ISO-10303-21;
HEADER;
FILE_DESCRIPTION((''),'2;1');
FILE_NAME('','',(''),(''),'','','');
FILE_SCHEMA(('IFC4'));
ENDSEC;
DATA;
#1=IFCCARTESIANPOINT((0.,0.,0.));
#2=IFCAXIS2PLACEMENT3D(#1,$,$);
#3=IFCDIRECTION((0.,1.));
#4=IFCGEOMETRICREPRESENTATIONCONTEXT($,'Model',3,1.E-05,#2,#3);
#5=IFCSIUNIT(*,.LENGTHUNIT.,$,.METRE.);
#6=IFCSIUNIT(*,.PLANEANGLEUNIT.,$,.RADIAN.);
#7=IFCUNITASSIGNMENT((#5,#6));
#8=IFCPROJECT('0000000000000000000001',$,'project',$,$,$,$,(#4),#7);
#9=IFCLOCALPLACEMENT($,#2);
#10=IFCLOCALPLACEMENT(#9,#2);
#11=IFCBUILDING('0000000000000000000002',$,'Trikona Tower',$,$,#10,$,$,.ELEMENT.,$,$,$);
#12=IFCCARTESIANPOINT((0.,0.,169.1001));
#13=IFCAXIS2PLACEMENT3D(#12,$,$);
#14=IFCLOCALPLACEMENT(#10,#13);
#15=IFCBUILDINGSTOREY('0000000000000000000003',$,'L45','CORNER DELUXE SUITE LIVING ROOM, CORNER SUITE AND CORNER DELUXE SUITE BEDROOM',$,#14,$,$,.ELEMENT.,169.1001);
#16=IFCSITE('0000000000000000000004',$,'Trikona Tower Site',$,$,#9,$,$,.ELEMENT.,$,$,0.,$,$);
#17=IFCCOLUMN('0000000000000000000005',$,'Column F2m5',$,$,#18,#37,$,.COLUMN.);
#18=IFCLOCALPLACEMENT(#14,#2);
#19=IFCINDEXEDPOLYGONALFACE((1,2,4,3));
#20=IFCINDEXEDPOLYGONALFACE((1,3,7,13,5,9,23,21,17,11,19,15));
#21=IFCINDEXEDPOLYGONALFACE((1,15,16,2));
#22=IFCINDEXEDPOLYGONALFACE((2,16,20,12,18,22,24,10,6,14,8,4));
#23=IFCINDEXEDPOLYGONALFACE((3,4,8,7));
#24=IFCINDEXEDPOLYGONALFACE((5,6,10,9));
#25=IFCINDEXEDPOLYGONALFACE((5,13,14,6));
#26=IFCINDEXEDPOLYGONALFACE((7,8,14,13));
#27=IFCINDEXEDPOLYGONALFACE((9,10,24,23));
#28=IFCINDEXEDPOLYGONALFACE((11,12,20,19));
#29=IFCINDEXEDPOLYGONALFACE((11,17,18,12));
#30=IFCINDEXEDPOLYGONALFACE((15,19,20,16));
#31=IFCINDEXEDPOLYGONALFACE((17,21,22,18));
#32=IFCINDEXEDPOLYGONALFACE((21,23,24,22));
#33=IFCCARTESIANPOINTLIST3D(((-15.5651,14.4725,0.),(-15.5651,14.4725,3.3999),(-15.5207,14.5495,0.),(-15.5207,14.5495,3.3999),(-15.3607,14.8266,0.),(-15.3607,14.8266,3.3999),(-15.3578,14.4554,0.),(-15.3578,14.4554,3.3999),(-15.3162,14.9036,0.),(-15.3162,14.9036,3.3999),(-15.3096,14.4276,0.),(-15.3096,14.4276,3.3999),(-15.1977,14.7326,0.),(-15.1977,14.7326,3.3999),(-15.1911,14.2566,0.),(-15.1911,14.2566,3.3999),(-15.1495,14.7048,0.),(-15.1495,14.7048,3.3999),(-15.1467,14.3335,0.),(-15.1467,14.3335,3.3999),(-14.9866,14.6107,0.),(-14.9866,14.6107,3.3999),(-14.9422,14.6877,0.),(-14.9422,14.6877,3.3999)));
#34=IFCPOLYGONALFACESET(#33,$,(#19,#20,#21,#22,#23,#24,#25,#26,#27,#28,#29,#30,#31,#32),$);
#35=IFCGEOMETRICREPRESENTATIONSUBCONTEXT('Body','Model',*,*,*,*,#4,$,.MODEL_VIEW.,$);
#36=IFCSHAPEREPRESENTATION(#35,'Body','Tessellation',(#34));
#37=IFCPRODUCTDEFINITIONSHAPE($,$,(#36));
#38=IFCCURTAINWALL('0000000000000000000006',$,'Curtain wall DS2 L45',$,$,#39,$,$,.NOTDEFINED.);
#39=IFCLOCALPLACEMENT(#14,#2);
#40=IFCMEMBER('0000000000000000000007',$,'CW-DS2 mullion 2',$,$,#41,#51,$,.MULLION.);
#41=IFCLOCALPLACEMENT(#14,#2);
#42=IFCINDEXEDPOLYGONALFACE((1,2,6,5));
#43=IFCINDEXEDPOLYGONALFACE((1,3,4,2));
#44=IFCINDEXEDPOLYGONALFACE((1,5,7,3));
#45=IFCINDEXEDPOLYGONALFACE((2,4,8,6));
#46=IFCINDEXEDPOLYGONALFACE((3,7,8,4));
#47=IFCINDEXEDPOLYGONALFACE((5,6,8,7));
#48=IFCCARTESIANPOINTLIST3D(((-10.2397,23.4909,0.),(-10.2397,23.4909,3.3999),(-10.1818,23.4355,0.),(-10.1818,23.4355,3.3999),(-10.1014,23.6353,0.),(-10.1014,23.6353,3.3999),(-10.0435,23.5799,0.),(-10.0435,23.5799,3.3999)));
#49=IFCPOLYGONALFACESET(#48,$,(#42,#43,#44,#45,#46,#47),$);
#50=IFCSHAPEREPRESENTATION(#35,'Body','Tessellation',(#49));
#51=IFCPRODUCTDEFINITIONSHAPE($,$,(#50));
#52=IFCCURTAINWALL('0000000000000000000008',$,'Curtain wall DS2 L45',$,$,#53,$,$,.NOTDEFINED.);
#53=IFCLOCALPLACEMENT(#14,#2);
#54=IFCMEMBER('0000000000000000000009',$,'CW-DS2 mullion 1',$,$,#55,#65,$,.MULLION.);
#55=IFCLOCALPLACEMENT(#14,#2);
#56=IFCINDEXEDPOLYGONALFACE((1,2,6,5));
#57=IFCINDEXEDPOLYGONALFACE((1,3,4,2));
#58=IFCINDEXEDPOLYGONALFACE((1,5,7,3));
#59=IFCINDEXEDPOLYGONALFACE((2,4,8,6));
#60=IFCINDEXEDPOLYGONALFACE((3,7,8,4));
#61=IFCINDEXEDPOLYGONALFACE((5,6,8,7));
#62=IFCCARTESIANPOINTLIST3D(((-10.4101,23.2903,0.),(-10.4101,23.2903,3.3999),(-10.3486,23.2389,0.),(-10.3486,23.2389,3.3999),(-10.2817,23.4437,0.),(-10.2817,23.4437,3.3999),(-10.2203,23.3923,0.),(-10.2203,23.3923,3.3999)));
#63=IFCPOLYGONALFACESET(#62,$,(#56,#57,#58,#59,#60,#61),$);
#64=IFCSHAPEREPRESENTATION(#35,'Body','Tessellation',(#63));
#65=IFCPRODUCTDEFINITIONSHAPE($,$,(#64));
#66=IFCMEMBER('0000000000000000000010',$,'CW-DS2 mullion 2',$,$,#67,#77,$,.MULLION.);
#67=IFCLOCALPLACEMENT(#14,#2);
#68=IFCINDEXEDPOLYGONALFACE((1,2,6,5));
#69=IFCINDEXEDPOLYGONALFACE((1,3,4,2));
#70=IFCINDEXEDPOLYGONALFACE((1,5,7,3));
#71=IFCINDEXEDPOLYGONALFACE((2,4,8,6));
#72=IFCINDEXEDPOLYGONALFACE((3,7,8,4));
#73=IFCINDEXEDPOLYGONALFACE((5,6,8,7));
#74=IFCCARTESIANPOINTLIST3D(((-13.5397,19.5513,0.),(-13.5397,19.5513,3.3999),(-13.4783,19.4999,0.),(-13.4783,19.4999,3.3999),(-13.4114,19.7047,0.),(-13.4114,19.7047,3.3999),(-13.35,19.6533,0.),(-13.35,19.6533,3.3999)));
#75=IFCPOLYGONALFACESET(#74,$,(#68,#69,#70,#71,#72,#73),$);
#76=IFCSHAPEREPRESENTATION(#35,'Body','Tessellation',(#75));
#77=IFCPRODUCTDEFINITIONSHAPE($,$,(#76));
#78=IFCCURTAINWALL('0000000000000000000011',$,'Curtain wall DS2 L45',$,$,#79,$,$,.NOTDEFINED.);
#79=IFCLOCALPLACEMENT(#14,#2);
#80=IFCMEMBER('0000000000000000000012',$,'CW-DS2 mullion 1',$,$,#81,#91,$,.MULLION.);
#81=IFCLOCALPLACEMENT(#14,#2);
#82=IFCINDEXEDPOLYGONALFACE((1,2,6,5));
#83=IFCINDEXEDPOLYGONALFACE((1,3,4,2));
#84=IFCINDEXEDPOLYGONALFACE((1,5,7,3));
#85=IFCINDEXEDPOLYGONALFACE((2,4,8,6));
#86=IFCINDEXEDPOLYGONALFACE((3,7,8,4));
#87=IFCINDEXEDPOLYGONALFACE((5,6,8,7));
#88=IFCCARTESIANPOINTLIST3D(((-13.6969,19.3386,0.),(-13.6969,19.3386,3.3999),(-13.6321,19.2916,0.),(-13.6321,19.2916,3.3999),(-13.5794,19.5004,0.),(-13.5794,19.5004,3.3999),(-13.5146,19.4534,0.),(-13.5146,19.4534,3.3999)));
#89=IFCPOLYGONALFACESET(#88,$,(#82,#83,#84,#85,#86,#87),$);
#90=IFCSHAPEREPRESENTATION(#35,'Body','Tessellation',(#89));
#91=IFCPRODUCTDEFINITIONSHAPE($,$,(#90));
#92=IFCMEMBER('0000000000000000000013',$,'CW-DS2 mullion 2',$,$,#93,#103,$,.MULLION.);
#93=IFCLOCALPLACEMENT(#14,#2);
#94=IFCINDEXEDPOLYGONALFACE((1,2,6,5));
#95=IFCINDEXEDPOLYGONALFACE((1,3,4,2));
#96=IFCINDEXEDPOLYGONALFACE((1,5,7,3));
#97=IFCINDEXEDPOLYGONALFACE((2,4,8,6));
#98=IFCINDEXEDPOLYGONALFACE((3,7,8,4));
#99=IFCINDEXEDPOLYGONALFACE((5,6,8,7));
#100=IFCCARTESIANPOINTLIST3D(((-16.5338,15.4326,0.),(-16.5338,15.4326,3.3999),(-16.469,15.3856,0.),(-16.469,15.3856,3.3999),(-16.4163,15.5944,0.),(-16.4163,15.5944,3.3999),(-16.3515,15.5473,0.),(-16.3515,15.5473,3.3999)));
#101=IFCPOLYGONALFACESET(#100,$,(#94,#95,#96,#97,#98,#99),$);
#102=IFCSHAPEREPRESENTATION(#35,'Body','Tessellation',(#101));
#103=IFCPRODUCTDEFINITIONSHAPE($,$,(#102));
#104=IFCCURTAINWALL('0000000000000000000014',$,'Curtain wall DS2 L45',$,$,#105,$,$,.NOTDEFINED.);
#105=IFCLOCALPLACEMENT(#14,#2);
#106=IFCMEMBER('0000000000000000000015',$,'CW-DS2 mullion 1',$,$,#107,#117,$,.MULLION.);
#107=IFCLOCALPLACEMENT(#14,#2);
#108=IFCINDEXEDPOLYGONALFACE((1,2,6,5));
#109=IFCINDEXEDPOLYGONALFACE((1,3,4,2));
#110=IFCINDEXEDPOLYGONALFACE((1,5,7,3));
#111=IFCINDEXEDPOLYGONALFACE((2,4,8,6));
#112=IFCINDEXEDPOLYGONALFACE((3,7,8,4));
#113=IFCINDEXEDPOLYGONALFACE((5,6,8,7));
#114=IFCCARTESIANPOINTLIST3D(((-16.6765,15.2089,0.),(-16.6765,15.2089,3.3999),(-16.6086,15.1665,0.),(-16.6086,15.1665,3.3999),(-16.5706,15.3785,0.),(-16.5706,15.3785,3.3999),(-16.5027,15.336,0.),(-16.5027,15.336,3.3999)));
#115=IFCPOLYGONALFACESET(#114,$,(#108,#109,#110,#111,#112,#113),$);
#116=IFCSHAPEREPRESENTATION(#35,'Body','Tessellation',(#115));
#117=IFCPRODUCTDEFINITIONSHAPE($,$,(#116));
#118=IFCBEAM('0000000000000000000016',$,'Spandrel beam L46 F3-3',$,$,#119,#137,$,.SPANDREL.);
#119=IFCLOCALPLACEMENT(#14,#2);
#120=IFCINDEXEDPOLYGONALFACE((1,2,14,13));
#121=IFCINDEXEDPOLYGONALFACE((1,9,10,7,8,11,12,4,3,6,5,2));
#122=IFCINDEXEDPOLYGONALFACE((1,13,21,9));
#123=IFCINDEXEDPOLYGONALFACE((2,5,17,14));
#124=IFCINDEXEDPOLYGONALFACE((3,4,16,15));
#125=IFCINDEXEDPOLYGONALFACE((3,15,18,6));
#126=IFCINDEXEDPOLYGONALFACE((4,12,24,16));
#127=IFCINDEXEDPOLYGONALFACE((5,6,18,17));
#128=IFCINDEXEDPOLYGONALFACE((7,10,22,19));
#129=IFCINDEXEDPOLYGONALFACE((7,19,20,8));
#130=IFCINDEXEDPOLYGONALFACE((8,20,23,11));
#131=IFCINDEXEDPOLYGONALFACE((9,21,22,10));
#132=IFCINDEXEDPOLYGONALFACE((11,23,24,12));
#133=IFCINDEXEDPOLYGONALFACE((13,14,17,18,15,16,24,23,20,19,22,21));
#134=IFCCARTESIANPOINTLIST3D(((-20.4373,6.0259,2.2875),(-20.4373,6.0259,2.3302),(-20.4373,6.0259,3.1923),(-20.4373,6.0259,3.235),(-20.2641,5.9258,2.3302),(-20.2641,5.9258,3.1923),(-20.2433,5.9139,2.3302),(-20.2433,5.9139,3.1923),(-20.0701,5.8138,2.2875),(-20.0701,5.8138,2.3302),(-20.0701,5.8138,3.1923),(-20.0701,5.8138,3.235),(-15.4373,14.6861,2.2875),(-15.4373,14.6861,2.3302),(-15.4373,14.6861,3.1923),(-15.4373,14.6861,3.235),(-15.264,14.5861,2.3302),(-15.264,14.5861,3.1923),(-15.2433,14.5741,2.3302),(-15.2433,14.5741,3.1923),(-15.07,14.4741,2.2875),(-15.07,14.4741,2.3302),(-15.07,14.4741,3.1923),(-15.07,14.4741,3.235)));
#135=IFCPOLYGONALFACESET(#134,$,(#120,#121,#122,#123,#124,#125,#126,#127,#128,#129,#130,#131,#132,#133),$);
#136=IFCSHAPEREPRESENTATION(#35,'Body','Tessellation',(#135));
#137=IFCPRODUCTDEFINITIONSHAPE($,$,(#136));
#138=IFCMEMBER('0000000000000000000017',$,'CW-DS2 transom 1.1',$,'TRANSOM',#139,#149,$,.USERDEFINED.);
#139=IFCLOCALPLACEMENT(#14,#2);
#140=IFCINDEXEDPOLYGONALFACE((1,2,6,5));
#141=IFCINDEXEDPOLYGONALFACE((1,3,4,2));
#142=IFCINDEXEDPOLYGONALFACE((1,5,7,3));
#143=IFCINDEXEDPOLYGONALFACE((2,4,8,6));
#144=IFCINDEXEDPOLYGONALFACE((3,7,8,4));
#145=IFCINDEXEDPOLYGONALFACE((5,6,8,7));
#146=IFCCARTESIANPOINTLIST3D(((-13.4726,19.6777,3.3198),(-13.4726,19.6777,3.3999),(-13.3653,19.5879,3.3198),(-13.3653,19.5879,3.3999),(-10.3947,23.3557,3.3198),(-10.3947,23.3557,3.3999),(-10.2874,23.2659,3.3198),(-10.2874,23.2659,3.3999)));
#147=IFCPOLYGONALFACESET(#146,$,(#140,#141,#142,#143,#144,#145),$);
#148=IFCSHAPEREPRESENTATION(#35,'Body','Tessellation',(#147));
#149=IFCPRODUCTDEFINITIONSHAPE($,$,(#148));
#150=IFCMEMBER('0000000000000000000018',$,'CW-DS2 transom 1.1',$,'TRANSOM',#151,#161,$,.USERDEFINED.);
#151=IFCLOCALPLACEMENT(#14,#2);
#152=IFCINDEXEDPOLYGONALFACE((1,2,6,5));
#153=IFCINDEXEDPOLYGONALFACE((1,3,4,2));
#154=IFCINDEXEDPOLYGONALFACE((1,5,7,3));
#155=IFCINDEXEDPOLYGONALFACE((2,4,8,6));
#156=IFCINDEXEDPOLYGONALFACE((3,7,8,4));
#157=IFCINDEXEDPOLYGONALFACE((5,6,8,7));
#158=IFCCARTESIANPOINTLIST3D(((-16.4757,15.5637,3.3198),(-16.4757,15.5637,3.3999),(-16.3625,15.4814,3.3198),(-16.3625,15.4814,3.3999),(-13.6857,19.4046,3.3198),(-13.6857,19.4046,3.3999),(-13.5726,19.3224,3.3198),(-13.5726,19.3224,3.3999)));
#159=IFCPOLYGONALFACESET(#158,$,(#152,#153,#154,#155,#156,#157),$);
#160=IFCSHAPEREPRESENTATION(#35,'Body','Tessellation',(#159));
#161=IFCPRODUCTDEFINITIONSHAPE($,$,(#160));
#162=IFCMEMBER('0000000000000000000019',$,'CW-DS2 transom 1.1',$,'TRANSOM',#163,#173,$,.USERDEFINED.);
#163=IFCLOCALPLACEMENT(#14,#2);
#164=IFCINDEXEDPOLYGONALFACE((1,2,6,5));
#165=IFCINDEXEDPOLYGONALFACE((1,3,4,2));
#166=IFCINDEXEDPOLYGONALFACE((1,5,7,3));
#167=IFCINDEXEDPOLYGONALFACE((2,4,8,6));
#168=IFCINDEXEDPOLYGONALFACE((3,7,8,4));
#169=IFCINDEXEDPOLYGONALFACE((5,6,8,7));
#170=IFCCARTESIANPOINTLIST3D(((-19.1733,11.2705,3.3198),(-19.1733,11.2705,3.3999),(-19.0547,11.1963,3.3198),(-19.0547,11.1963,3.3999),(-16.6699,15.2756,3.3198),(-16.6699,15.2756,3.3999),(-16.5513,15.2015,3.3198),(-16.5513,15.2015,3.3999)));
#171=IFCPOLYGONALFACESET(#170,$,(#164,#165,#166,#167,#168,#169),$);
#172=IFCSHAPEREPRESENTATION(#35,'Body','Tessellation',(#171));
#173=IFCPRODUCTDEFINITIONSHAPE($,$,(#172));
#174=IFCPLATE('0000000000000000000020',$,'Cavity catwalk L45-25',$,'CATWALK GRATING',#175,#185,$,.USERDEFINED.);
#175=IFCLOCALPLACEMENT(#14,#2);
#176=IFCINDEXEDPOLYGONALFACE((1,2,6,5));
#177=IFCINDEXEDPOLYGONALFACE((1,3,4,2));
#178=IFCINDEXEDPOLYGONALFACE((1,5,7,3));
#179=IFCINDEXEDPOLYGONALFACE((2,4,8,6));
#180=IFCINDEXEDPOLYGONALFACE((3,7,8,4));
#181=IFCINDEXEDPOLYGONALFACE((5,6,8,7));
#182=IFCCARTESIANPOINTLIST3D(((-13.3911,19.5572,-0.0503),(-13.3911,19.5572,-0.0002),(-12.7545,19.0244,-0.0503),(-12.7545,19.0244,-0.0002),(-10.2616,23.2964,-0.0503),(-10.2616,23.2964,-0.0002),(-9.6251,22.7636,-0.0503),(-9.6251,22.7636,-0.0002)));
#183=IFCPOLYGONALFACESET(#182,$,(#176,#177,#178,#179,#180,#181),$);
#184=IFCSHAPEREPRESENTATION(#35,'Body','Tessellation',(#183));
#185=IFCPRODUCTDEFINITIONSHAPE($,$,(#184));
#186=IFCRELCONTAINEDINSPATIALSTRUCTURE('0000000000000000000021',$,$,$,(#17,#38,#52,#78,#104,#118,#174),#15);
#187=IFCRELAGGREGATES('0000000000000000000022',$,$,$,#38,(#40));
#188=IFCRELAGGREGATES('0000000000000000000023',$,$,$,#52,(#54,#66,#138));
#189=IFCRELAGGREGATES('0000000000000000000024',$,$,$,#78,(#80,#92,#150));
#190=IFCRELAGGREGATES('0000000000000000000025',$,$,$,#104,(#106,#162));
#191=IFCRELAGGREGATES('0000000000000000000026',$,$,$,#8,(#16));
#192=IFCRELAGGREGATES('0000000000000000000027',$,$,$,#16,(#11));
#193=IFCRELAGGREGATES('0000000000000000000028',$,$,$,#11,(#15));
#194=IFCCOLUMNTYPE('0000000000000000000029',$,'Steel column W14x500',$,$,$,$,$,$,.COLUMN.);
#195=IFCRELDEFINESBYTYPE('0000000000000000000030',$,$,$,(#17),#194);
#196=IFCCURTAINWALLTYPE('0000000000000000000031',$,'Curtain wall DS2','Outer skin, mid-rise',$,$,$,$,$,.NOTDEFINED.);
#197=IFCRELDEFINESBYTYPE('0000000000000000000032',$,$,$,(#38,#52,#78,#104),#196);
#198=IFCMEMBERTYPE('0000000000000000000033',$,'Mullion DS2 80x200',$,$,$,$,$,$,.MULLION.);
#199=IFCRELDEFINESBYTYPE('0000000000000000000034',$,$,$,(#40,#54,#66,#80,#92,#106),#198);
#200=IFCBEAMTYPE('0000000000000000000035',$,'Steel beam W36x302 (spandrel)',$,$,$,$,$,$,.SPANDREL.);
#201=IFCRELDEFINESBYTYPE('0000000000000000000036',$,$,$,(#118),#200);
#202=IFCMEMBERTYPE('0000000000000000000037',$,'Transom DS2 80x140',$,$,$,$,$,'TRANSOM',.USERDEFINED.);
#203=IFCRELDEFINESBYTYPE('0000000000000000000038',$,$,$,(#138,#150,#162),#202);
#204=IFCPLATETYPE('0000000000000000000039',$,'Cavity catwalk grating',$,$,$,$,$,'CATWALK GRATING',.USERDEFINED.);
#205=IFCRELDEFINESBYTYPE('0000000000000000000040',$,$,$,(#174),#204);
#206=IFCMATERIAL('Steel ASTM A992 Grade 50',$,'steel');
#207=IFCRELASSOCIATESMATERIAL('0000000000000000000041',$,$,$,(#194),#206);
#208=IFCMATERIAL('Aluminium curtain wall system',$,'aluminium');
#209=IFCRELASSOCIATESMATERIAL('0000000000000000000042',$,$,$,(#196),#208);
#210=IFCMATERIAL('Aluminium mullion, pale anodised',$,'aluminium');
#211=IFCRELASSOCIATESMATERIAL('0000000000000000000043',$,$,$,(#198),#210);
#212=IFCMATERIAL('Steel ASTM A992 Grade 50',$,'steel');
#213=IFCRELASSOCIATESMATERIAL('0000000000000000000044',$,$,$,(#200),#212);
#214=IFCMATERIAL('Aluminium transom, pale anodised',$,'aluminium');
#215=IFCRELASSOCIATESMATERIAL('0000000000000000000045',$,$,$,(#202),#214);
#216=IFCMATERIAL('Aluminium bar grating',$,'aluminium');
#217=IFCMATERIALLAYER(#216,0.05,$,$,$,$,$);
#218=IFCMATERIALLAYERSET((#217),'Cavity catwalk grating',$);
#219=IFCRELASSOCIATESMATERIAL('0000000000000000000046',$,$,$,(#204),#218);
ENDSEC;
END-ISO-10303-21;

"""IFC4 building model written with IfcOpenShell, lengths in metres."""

from ifc_helpers import new_model, si_unit, direction, frame, origin, origin_2d, place, context, subcontext, project, spatial, rectangle, i_section, extrude, material, layer, layer_set, material_profile, profile_set, type_object, element, aggregate, save


model = new_model("IFC4")

# Units and contexts
model_context = context("Model", 3, precision=1e-05, world=origin(), true_north=direction((0.0, 1.0)))
body_context = subcontext(model_context, "Body", "Model", "MODEL_VIEW")
ifc_project = project(units=[si_unit("LENGTHUNIT", "METRE"), si_unit("PLANEANGLEUNIT", "RADIAN")], contexts=[model_context])

# Site, building, storey
site_placement = place(None, origin())
site = spatial("IfcSite", under=ifc_project, at=site_placement, Name="Trikona Tower Site", CompositionType="ELEMENT", RefElevation=0.0)
building_placement = place(site_placement, origin())
building = spatial("IfcBuilding", under=site, at=building_placement, Name="Trikona Tower", CompositionType="ELEMENT")
storey_placement = place(building_placement, frame((0.0, 0.0, 169.1001)))
storey = spatial("IfcBuildingStorey", under=building, at=storey_placement, Name="L45", Description="CORNER DELUXE SUITE LIVING ROOM, CORNER SUITE AND CORNER DELUXE SUITE BEDROOM", CompositionType="ELEMENT", Elevation=169.1001)

# Column
ifc_material_1 = material(Name="Steel ASTM A992 Grade 50", Category="steel")
ifc_material_profile_1 = material_profile(ifc_material_1, i_section(OverallWidth=0.4319, OverallDepth=0.4978, WebThickness=0.0557, FlangeThickness=0.0889, at=origin_2d()), Name="W14X500")
ifc_profile_set_1 = profile_set([ifc_material_profile_1], Name="Steel ASTM A992 Grade 50")
column_type = type_object("IfcColumnType", Name="Steel column W14x500", PredefinedType="COLUMN", material=ifc_profile_set_1)
column_placement = place(storey_placement, frame((-15.2537, 14.5801, 0.0), z_axis=(0.0, 0.0, 1.0), x_axis=(-0.866025, 0.5, 0.0)))
element("IfcColumn", 1, at=column_placement, inside=storey, type_object=column_type, Name="Column F2m5", PredefinedType="COLUMN", context=body_context, shape_type="SweptSolid", body=[
    extrude(i_section(OverallWidth=0.4319, OverallDepth=0.4978, WebThickness=0.0557, FlangeThickness=0.0889, at=origin_2d()), origin(), (0.0, 0.0, 1.0), 3.3999),
])

# Curtain wall, member
ifc_material_2 = material(Name="Aluminium curtain wall system", Category="aluminium")
curtain_wall_type = type_object("IfcCurtainWallType", Name="Curtain wall DS2", Description="Outer skin, mid-rise", PredefinedType="NOTDEFINED", material=ifc_material_2)
curtain_wall_1_placement = place(storey_placement, origin())
curtain_wall_1 = element("IfcCurtainWall", 2, at=curtain_wall_1_placement, inside=storey, type_object=curtain_wall_type, Name="Curtain wall DS2 L45", PredefinedType="NOTDEFINED")
ifc_material_3 = material(Name="Aluminium mullion, pale anodised", Category="aluminium")
ifc_material_profile_2 = material_profile(ifc_material_3, rectangle(XDim=0.0801, YDim=0.2, at=origin_2d()), Name="MUL-DS2")
ifc_profile_set_2 = profile_set([ifc_material_profile_2], Name="Aluminium mullion, pale anodised")
member_type_1 = type_object("IfcMemberType", Name="Mullion DS2 80x200", PredefinedType="MULLION", material=ifc_profile_set_2)
member_1_placement = place(storey_placement, frame((-10.1416, 23.5354, 0.0), z_axis=(0.0, 0.0, 1.0), x_axis=(0.722158, -0.691728, 0.0)))
member_1 = element("IfcMember", 3, at=member_1_placement, type_object=member_type_1, Name="CW-DS2 mullion 2", PredefinedType="MULLION", context=body_context, shape_type="SweptSolid", body=[
    extrude(rectangle(XDim=0.0801, YDim=0.2, at=origin_2d()), origin(), (0.0, 0.0, 1.0), 3.3999),
])
aggregate(curtain_wall_1, [member_1])

# Curtain walls, members
curtain_wall_2_placement = place(storey_placement, origin())
curtain_wall_2 = element("IfcCurtainWall", 4, at=curtain_wall_2_placement, inside=storey, type_object=curtain_wall_type, Name="Curtain wall DS2 L45", PredefinedType="NOTDEFINED")
member_2_placement = place(storey_placement, frame((-10.3152, 23.3413, 0.0), z_axis=(0.0, 0.0, 1.0), x_axis=(0.766867, -0.641806, 0.0)))
member_2 = element("IfcMember", 5, at=member_2_placement, type_object=member_type_1, Name="CW-DS2 mullion 1", PredefinedType="MULLION", context=body_context, shape_type="SweptSolid", body=[
    extrude(rectangle(XDim=0.0801, YDim=0.2, at=origin_2d()), origin(), (0.0, 0.0, 1.0), 3.3999),
])
member_3_placement = place(storey_placement, frame((-13.4448, 19.6023, 0.0), z_axis=(0.0, 0.0, 1.0), x_axis=(0.766867, -0.641806, 0.0)))
member_3 = element("IfcMember", 6, at=member_3_placement, type_object=member_type_1, Name="CW-DS2 mullion 2", PredefinedType="MULLION", context=body_context, shape_type="SweptSolid", body=[
    extrude(rectangle(XDim=0.0801, YDim=0.2, at=origin_2d()), origin(), (0.0, 0.0, 1.0), 3.3999),
])
curtain_wall_3_placement = place(storey_placement, origin())
curtain_wall_3 = element("IfcCurtainWall", 7, at=curtain_wall_3_placement, inside=storey, type_object=curtain_wall_type, Name="Curtain wall DS2 L45", PredefinedType="NOTDEFINED")
member_4_placement = place(storey_placement, frame((-13.6057, 19.396, 0.0), z_axis=(0.0, 0.0, 1.0), x_axis=(0.809086, -0.587691, 0.0)))
member_4 = element("IfcMember", 8, at=member_4_placement, type_object=member_type_1, Name="CW-DS2 mullion 1", PredefinedType="MULLION", context=body_context, shape_type="SweptSolid", body=[
    extrude(rectangle(XDim=0.0801, YDim=0.2, at=origin_2d()), origin(), (0.0, 0.0, 1.0), 3.3999),
])
member_5_placement = place(storey_placement, frame((-16.4426, 15.49, 0.0), z_axis=(0.0, 0.0, 1.0), x_axis=(0.809086, -0.587691, 0.0)))
member_5 = element("IfcMember", 9, at=member_5_placement, type_object=member_type_1, Name="CW-DS2 mullion 2", PredefinedType="MULLION", context=body_context, shape_type="SweptSolid", body=[
    extrude(rectangle(XDim=0.0801, YDim=0.2, at=origin_2d()), origin(), (0.0, 0.0, 1.0), 3.3999),
])

# Curtain wall, member
curtain_wall_4_placement = place(storey_placement, origin())
curtain_wall_4 = element("IfcCurtainWall", 10, at=curtain_wall_4_placement, inside=storey, type_object=curtain_wall_type, Name="Curtain wall DS2 L45", PredefinedType="NOTDEFINED")
member_6_placement = place(storey_placement, frame((-16.5896, 15.2725, 0.0), z_axis=(0.0, 0.0, 1.0), x_axis=(0.847998, -0.529999, 0.0)))
member_6 = element("IfcMember", 11, at=member_6_placement, type_object=member_type_1, Name="CW-DS2 mullion 1", PredefinedType="MULLION", context=body_context, shape_type="SweptSolid", body=[
    extrude(rectangle(XDim=0.0801, YDim=0.2, at=origin_2d()), origin(), (0.0, 0.0, 1.0), 3.3999),
])

# Beam
ifc_material_4 = material(Name="Steel ASTM A992 Grade 50", Category="steel")
ifc_material_profile_3 = material_profile(ifc_material_4, i_section(OverallWidth=0.4241, OverallDepth=0.9475, WebThickness=0.0239, FlangeThickness=0.0427, at=origin_2d()), Name="W36X302")
ifc_profile_set_3 = profile_set([ifc_material_profile_3], Name="Steel ASTM A992 Grade 50")
beam_type = type_object("IfcBeamType", Name="Steel beam W36x302 (spandrel)", PredefinedType="SPANDREL", material=ifc_profile_set_3)
beam_placement = place(storey_placement, frame((-15.2537, 14.5801, 2.7612), z_axis=(-0.500004, -0.866023, 0.0), x_axis=(0.866023, -0.500004, 0.0)))
element("IfcBeam", 12, at=beam_placement, inside=storey, type_object=beam_type, Name="Spandrel beam L46 F3-3", PredefinedType="SPANDREL", context=body_context, shape_type="SweptSolid", body=[
    extrude(i_section(OverallWidth=0.4241, OverallDepth=0.9475, WebThickness=0.0239, FlangeThickness=0.0427, at=origin_2d()), origin(), (0.0, 0.0, 1.0), 10.0),
])

# Members
ifc_material_5 = material(Name="Aluminium transom, pale anodised", Category="aluminium")
ifc_material_profile_4 = material_profile(ifc_material_5, rectangle(XDim=0.1399, YDim=0.0801, at=origin_2d()), Name="TRN-DS2")
ifc_profile_set_4 = profile_set([ifc_material_profile_4], Name="Aluminium transom, pale anodised")
member_type_2 = type_object("IfcMemberType", Name="Transom DS2 80x140", ElementType="TRANSOM", PredefinedType="USERDEFINED", material=ifc_profile_set_4)
member_7_placement = place(storey_placement, frame((-10.3411, 23.3108, 3.3599), z_axis=(-0.64177, -0.766897, 0.0), x_axis=(0.766897, -0.64177, 0.0)))
member_7 = element("IfcMember", 13, at=member_7_placement, type_object=member_type_2, Name="CW-DS2 transom 1.1", ObjectType="TRANSOM", PredefinedType="USERDEFINED", context=body_context, shape_type="SweptSolid", body=[
    extrude(rectangle(XDim=0.1399, YDim=0.0801, at=origin_2d()), origin(), (0.0, 0.0, 1.0), 4.7959),
])
member_8_placement = place(storey_placement, frame((-13.6292, 19.3635, 3.3599), z_axis=(-0.587695, -0.809083, 0.0), x_axis=(0.809083, -0.587695, 0.0)))
member_8 = element("IfcMember", 14, at=member_8_placement, type_object=member_type_2, Name="CW-DS2 transom 1.1", ObjectType="TRANSOM", PredefinedType="USERDEFINED", context=body_context, shape_type="SweptSolid", body=[
    extrude(rectangle(XDim=0.1399, YDim=0.0801, at=origin_2d()), origin(), (0.0, 0.0, 1.0), 4.7473),
])
member_9_placement = place(storey_placement, frame((-16.6106, 15.2385, 3.3599), z_axis=(-0.530031, -0.847978, 0.0), x_axis=(0.847978, -0.530031, 0.0)))
member_9 = element("IfcMember", 15, at=member_9_placement, type_object=member_type_2, Name="CW-DS2 transom 1.1", ObjectType="TRANSOM", PredefinedType="USERDEFINED", context=body_context, shape_type="SweptSolid", body=[
    extrude(rectangle(XDim=0.1399, YDim=0.0801, at=origin_2d()), origin(), (0.0, 0.0, 1.0), 4.7231),
])

# Plate
ifc_material_6 = material(Name="Aluminium bar grating", Category="aluminium")
ifc_layer_1 = layer(ifc_material_6, 0.05)
ifc_layer_set_1 = layer_set([ifc_layer_1], Name="Cavity catwalk grating")
plate_type_1 = type_object("IfcPlateType", Name="Cavity catwalk grating", ElementType="CATWALK GRATING", PredefinedType="USERDEFINED", material=ifc_layer_set_1)
plate_1_placement = place(storey_placement, frame((-11.5081, 21.1604, -0.0503), z_axis=(0.0, 0.0, 1.0), x_axis=(-0.641807, -0.766866, 0.0)))
element("IfcPlate", 16, at=plate_1_placement, inside=storey, type_object=plate_type_1, Name="Cavity catwalk L45-25", ObjectType="CATWALK GRATING", PredefinedType="USERDEFINED", context=body_context, shape_type="SweptSolid", body=[
    extrude(rectangle(XDim=4.876, YDim=0.8301, at=origin_2d()), origin(), (0.0, 0.0, 1.0), 0.05),
])

aggregate(curtain_wall_2, [member_2, member_3, member_7])
aggregate(curtain_wall_3, [member_4, member_5, member_8])
aggregate(curtain_wall_4, [member_6, member_9])

save(model, "model.ifc")
